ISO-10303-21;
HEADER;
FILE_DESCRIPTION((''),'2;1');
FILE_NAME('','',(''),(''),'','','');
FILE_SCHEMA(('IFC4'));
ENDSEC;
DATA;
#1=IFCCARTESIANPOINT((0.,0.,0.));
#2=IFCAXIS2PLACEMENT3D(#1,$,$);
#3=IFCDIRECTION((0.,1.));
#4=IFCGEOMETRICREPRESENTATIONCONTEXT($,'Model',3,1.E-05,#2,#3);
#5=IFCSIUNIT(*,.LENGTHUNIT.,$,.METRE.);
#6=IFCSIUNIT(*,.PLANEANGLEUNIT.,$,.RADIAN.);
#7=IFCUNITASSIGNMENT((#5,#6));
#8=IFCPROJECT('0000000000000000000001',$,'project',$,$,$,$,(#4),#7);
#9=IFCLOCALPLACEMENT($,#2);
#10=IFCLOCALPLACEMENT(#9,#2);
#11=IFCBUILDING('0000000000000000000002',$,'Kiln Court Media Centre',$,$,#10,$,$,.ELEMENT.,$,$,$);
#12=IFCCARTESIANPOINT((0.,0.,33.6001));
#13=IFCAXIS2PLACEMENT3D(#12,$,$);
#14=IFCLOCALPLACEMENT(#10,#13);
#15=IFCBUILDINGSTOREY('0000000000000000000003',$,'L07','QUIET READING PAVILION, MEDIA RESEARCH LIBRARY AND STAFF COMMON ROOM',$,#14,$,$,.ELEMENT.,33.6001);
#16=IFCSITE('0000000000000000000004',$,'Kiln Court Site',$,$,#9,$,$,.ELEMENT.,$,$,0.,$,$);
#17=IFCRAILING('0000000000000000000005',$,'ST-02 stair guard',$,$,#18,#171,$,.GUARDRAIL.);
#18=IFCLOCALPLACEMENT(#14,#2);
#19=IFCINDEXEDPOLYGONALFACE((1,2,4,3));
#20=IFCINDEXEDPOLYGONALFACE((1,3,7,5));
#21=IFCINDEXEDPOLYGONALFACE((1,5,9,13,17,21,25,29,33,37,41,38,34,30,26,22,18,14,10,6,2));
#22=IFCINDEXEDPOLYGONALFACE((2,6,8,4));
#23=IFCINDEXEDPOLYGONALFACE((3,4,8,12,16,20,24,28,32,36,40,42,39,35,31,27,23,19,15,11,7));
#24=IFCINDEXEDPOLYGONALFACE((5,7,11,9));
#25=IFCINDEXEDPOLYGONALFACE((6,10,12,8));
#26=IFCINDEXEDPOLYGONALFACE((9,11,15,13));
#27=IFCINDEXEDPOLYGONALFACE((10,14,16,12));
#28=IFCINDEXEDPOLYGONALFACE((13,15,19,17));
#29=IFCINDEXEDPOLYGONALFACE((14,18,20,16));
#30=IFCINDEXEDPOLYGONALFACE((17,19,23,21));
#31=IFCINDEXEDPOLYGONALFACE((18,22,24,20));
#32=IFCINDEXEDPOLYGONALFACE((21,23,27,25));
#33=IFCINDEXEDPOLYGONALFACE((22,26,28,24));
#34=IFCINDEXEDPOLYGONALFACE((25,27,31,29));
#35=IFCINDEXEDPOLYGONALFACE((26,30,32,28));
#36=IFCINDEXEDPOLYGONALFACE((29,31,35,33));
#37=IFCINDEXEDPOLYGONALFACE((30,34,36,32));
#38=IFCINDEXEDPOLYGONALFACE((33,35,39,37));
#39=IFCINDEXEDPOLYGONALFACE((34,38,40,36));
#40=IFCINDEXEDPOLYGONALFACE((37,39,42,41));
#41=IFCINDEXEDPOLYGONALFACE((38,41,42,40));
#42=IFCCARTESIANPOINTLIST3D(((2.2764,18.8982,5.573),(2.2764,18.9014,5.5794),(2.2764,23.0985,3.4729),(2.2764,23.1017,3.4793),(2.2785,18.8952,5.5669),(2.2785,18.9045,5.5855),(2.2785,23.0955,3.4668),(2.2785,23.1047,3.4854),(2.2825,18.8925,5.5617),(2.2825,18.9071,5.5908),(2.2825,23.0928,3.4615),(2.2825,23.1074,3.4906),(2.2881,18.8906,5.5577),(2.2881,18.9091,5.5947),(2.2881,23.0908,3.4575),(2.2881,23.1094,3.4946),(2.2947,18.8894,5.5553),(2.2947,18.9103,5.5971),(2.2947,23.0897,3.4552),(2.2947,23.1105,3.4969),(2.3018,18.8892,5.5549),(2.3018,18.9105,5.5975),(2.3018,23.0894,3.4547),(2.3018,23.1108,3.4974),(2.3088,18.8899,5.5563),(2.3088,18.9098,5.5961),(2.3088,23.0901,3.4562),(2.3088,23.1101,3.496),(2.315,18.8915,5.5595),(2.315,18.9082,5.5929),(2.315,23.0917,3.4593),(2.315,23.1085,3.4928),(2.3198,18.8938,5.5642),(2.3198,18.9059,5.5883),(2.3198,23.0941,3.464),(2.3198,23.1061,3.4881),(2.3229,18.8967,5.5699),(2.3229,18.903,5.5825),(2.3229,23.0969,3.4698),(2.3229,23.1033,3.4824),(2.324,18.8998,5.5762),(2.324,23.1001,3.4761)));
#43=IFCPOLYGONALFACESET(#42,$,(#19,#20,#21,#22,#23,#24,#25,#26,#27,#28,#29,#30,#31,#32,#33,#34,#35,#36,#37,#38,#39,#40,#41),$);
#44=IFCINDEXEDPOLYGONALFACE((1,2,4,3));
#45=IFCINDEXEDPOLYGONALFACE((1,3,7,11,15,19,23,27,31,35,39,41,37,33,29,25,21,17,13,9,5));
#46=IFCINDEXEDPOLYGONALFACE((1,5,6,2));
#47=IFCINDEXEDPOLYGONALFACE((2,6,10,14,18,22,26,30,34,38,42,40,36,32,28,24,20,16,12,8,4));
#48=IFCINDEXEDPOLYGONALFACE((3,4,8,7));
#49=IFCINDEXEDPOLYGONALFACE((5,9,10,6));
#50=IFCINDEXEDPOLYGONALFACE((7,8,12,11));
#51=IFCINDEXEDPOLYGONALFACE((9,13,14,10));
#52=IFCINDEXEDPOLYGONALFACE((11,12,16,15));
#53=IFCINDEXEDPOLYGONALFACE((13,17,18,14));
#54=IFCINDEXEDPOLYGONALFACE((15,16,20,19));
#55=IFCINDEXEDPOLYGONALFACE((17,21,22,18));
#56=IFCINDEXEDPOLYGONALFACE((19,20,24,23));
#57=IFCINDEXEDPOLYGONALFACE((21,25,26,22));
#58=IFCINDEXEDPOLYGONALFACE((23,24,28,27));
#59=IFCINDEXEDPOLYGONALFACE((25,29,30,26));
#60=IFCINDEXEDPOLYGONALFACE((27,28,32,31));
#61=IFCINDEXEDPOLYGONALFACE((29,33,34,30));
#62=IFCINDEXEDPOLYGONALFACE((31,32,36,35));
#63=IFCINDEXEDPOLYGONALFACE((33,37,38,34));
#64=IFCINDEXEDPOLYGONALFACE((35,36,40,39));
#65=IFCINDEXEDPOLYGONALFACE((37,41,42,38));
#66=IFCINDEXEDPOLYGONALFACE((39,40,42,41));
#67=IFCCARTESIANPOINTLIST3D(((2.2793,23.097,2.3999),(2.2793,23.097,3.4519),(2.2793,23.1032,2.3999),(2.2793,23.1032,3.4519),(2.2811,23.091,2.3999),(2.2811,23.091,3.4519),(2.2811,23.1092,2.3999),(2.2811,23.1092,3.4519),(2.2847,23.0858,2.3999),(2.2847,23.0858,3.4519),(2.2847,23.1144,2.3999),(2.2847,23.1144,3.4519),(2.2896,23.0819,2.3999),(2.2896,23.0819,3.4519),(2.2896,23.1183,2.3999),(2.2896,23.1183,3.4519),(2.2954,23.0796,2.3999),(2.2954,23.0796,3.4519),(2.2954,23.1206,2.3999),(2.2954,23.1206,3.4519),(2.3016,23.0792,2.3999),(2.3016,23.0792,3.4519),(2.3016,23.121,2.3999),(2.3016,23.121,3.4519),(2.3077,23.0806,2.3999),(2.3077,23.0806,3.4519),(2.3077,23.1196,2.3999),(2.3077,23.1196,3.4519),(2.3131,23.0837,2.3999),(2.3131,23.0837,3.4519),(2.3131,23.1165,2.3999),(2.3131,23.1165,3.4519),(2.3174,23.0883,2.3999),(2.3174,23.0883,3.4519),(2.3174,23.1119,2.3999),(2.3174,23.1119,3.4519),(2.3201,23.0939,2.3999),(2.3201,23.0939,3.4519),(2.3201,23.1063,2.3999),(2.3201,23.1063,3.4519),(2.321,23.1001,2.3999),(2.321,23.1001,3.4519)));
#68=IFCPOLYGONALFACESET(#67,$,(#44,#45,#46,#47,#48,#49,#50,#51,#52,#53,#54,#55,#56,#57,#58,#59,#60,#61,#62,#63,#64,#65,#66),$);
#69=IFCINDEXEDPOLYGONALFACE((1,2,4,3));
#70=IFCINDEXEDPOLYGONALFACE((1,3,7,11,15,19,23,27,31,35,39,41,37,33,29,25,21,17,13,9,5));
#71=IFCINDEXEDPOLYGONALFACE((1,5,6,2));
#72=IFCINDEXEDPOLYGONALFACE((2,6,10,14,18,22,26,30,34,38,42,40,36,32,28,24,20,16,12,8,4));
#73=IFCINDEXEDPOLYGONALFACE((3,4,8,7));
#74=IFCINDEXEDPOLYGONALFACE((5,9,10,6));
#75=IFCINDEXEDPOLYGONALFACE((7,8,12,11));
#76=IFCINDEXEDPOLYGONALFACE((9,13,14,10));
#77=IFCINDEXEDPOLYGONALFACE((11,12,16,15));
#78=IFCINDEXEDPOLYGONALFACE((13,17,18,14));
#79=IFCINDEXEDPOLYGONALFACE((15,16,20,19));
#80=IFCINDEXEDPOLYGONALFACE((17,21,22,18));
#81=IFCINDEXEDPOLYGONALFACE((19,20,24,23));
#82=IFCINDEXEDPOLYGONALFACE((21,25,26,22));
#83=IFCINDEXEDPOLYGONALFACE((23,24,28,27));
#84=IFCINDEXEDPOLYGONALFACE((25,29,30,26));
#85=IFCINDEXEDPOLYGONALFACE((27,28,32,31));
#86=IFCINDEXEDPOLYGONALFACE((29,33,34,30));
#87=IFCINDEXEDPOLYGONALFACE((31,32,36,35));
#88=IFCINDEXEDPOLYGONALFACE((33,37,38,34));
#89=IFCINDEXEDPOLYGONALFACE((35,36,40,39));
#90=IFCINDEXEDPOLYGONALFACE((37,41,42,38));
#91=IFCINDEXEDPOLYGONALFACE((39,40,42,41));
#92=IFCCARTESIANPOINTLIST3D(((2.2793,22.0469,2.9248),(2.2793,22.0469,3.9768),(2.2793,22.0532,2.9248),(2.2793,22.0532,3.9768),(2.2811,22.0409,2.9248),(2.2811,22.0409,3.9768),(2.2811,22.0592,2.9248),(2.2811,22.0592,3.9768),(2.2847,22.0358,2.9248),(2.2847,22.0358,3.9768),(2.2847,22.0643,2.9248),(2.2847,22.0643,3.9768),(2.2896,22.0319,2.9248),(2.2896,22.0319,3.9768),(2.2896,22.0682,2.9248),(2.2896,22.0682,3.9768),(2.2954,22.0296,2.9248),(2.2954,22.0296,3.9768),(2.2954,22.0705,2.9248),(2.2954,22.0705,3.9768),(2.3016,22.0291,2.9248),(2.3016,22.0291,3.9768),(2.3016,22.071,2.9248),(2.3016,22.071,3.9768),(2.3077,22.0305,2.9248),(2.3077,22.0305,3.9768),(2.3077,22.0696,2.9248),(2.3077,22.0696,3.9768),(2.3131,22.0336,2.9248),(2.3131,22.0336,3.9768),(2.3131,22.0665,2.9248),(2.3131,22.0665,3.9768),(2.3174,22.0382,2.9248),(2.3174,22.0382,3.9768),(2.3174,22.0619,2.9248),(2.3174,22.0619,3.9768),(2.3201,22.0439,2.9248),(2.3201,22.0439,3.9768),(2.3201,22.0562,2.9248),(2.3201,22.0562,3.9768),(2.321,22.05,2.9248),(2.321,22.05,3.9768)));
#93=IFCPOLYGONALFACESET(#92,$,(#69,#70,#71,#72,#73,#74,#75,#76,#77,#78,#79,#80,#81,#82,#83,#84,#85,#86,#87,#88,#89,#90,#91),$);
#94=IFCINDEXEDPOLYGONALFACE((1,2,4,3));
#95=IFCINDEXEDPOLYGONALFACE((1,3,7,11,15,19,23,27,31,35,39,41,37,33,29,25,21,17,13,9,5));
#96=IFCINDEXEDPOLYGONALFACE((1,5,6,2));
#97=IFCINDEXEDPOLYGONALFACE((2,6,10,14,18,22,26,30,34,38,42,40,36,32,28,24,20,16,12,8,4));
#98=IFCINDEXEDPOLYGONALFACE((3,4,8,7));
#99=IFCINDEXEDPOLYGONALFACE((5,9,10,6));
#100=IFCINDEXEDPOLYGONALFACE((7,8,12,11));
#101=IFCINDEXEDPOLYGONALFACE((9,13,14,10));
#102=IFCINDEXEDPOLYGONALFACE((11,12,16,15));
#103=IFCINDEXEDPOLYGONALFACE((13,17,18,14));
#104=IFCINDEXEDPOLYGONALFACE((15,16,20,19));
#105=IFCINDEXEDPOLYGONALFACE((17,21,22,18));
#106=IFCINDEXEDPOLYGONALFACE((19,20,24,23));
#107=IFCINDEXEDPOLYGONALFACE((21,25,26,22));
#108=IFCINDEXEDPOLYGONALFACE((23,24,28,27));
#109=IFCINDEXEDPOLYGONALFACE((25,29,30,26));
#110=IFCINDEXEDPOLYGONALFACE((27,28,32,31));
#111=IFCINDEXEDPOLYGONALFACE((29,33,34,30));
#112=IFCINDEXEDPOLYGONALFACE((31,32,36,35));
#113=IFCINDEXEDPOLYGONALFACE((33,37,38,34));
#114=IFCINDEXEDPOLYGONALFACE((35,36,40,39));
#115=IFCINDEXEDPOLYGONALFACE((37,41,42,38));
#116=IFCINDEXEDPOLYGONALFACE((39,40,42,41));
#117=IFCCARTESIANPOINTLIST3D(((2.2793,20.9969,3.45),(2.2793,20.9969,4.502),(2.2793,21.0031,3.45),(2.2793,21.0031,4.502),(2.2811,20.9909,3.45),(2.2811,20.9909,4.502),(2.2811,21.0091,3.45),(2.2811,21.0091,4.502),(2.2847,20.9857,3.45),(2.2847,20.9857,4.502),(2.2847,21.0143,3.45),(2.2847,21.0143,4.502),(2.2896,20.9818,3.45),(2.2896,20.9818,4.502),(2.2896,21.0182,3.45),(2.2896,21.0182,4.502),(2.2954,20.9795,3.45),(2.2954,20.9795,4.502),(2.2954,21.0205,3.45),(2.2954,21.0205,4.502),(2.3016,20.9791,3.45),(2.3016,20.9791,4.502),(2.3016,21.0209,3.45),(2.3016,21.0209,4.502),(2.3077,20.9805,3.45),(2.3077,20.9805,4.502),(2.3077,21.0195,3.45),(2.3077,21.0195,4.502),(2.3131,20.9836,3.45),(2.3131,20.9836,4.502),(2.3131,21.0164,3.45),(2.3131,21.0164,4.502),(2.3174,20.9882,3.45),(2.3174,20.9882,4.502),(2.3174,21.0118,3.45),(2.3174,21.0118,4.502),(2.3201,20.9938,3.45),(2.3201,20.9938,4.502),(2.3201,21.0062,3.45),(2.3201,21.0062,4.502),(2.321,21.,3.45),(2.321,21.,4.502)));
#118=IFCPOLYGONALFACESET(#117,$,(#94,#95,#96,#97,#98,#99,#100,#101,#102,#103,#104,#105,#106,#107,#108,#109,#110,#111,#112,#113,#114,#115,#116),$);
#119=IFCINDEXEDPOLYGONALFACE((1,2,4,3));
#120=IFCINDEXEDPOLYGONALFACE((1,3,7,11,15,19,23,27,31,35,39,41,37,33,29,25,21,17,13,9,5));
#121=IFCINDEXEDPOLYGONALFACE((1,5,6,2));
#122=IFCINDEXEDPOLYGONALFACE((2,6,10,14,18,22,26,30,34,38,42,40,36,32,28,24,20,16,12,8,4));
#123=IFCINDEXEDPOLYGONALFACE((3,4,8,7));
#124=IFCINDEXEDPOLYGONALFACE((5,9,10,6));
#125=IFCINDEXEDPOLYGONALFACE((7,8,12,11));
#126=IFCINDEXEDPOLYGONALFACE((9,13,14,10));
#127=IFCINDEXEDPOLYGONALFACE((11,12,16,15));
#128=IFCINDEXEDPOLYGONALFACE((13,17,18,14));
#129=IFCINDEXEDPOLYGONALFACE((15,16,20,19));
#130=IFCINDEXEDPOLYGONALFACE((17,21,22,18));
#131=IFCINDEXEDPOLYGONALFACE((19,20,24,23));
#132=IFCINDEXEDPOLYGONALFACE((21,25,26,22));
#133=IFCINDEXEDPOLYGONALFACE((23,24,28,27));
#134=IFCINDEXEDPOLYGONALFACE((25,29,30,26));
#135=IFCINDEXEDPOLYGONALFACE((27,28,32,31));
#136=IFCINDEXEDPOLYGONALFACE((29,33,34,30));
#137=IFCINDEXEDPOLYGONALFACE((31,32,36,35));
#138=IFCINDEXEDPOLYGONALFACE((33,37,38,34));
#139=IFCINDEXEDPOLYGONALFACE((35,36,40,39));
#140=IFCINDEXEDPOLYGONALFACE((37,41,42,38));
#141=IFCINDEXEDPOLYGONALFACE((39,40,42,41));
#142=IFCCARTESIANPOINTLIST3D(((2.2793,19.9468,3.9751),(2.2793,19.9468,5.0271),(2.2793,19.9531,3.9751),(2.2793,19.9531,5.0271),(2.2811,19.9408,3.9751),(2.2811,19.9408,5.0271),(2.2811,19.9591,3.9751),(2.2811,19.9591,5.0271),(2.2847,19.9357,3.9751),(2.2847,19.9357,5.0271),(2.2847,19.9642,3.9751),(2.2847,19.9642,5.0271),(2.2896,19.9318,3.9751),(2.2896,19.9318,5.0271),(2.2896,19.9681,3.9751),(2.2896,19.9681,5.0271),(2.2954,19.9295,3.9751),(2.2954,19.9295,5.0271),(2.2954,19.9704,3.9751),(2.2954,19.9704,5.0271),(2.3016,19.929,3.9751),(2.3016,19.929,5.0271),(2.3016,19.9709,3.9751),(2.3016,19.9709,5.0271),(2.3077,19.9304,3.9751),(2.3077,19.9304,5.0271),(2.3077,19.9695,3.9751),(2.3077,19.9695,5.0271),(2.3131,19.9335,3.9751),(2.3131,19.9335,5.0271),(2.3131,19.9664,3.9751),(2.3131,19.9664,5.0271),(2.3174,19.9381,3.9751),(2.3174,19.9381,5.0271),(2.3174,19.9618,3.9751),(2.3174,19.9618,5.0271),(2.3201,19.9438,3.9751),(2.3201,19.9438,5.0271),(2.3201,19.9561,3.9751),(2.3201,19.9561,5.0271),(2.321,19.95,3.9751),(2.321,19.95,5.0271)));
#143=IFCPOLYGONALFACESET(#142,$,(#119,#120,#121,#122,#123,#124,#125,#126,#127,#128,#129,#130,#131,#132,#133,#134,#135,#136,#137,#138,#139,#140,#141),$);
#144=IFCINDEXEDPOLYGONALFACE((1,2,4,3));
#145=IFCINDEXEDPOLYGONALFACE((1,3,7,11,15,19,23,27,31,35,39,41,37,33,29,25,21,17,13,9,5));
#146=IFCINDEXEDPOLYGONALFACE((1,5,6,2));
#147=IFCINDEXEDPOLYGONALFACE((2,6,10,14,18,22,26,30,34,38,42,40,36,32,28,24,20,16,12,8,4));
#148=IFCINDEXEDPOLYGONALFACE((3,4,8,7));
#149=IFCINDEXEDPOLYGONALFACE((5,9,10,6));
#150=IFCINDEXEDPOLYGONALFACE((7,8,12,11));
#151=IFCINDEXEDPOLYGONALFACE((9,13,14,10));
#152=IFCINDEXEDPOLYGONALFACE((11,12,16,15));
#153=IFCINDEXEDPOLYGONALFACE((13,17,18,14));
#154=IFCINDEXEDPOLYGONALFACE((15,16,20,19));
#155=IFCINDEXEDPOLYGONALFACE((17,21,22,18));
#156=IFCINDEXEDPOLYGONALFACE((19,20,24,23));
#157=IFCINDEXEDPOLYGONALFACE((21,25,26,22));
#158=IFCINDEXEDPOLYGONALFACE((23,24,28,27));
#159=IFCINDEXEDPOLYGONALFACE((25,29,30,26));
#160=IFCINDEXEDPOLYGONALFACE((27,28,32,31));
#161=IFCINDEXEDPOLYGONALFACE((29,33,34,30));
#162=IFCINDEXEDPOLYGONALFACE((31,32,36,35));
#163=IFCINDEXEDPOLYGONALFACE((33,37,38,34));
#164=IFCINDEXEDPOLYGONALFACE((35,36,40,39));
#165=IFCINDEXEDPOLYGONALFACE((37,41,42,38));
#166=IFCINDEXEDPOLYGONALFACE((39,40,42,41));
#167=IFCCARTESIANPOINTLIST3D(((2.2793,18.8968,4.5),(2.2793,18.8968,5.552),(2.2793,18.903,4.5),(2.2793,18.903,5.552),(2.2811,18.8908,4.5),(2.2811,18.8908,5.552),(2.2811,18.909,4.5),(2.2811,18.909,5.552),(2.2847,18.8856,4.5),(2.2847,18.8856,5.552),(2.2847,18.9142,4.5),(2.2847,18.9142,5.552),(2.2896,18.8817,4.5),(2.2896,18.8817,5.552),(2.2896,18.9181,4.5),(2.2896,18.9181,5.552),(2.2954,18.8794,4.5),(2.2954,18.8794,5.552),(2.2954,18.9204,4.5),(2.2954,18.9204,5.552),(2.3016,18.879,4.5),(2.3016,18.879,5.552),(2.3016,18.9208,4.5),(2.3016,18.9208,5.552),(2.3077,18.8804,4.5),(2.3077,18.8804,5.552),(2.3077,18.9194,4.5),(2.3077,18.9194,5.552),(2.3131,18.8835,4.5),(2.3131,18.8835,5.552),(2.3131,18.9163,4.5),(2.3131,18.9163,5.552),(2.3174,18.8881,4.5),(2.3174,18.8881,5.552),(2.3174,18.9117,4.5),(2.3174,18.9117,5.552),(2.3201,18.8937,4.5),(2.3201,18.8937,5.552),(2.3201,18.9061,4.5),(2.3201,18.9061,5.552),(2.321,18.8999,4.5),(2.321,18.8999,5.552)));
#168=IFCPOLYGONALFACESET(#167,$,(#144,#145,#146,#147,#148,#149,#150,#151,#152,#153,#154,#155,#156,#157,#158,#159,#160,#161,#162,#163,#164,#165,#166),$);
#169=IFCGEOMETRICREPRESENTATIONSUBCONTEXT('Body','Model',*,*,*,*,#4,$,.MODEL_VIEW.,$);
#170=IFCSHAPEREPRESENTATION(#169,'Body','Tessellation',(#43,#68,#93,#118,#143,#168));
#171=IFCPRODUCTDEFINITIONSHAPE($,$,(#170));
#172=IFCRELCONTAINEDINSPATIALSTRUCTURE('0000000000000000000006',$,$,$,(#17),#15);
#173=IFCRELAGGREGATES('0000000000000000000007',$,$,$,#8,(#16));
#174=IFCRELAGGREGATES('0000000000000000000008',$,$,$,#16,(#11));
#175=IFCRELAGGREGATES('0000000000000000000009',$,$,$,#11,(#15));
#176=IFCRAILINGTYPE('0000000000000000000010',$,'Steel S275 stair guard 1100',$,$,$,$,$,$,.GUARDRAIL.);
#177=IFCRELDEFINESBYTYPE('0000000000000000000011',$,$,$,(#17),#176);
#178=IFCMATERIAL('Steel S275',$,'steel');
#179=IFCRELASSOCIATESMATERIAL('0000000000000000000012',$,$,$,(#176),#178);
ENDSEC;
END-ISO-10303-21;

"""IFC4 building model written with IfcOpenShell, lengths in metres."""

from ifc_helpers import new_model, si_unit, direction, frame, origin, origin_2d, place, context, subcontext, project, spatial, circle, extrude, material, type_object, element, save


model = new_model("IFC4")

# Units and contexts
model_context = context("Model", 3, precision=1e-05, world=origin(), true_north=direction((0.0, 1.0)))
body_context = subcontext(model_context, "Body", "Model", "MODEL_VIEW")
ifc_project = project(units=[si_unit("LENGTHUNIT", "METRE"), si_unit("PLANEANGLEUNIT", "RADIAN")], contexts=[model_context])

# Site, building, storey
site_placement = place(None, origin())
site = spatial("IfcSite", under=ifc_project, at=site_placement, Name="Kiln Court Site", CompositionType="ELEMENT", RefElevation=0.0)
building_placement = place(site_placement, origin())
building = spatial("IfcBuilding", under=site, at=building_placement, Name="Kiln Court Media Centre", CompositionType="ELEMENT")
storey_placement = place(building_placement, frame((0.0, 0.0, 33.6001)))
storey = spatial("IfcBuildingStorey", under=building, at=storey_placement, Name="L07", Description="QUIET READING PAVILION, MEDIA RESEARCH LIBRARY AND STAFF COMMON ROOM", CompositionType="ELEMENT", Elevation=33.6001)

# Railing
ifc_material_1 = material(Name="Steel S275", Category="steel")
railing_type_1 = type_object("IfcRailingType", Name="Steel S275 stair guard 1100", PredefinedType="GUARDRAIL", material=ifc_material_1)
railing_1_placement = place(storey_placement, frame((2.3, 23.1001, 2.3999)))
element("IfcRailing", 1, at=railing_1_placement, inside=storey, type_object=railing_type_1, Name="ST-02 stair guard", PredefinedType="GUARDRAIL", context=body_context, shape_type="SweptSolid", body=[
    extrude(circle(Radius=0.0239, at=origin_2d()), frame((0.0, 0.0, 1.0762), z_axis=(0.0, -0.894427, 0.447214), x_axis=(1.0, 0.0, 0.0)), (0.0, 0.0, 1.0), 4.696),
    extrude(circle(Radius=0.021, at=origin_2d()), origin(), (0.0, 0.0, 1.0), 1.052),
    extrude(circle(Radius=0.021, at=origin_2d()), frame((0.0, -1.05, 0.5249)), (0.0, 0.0, 1.0), 1.052),
    extrude(circle(Radius=0.021, at=origin_2d()), frame((0.0, -2.1001, 1.05)), (0.0, 0.0, 1.0), 1.052),
    extrude(circle(Radius=0.021, at=origin_2d()), frame((0.0, -3.1501, 1.5752)), (0.0, 0.0, 1.0), 1.052),
    extrude(circle(Radius=0.021, at=origin_2d()), frame((0.0, -4.2002, 2.1001)), (0.0, 0.0, 1.0), 1.052),
])

save(model, "model.ifc")
